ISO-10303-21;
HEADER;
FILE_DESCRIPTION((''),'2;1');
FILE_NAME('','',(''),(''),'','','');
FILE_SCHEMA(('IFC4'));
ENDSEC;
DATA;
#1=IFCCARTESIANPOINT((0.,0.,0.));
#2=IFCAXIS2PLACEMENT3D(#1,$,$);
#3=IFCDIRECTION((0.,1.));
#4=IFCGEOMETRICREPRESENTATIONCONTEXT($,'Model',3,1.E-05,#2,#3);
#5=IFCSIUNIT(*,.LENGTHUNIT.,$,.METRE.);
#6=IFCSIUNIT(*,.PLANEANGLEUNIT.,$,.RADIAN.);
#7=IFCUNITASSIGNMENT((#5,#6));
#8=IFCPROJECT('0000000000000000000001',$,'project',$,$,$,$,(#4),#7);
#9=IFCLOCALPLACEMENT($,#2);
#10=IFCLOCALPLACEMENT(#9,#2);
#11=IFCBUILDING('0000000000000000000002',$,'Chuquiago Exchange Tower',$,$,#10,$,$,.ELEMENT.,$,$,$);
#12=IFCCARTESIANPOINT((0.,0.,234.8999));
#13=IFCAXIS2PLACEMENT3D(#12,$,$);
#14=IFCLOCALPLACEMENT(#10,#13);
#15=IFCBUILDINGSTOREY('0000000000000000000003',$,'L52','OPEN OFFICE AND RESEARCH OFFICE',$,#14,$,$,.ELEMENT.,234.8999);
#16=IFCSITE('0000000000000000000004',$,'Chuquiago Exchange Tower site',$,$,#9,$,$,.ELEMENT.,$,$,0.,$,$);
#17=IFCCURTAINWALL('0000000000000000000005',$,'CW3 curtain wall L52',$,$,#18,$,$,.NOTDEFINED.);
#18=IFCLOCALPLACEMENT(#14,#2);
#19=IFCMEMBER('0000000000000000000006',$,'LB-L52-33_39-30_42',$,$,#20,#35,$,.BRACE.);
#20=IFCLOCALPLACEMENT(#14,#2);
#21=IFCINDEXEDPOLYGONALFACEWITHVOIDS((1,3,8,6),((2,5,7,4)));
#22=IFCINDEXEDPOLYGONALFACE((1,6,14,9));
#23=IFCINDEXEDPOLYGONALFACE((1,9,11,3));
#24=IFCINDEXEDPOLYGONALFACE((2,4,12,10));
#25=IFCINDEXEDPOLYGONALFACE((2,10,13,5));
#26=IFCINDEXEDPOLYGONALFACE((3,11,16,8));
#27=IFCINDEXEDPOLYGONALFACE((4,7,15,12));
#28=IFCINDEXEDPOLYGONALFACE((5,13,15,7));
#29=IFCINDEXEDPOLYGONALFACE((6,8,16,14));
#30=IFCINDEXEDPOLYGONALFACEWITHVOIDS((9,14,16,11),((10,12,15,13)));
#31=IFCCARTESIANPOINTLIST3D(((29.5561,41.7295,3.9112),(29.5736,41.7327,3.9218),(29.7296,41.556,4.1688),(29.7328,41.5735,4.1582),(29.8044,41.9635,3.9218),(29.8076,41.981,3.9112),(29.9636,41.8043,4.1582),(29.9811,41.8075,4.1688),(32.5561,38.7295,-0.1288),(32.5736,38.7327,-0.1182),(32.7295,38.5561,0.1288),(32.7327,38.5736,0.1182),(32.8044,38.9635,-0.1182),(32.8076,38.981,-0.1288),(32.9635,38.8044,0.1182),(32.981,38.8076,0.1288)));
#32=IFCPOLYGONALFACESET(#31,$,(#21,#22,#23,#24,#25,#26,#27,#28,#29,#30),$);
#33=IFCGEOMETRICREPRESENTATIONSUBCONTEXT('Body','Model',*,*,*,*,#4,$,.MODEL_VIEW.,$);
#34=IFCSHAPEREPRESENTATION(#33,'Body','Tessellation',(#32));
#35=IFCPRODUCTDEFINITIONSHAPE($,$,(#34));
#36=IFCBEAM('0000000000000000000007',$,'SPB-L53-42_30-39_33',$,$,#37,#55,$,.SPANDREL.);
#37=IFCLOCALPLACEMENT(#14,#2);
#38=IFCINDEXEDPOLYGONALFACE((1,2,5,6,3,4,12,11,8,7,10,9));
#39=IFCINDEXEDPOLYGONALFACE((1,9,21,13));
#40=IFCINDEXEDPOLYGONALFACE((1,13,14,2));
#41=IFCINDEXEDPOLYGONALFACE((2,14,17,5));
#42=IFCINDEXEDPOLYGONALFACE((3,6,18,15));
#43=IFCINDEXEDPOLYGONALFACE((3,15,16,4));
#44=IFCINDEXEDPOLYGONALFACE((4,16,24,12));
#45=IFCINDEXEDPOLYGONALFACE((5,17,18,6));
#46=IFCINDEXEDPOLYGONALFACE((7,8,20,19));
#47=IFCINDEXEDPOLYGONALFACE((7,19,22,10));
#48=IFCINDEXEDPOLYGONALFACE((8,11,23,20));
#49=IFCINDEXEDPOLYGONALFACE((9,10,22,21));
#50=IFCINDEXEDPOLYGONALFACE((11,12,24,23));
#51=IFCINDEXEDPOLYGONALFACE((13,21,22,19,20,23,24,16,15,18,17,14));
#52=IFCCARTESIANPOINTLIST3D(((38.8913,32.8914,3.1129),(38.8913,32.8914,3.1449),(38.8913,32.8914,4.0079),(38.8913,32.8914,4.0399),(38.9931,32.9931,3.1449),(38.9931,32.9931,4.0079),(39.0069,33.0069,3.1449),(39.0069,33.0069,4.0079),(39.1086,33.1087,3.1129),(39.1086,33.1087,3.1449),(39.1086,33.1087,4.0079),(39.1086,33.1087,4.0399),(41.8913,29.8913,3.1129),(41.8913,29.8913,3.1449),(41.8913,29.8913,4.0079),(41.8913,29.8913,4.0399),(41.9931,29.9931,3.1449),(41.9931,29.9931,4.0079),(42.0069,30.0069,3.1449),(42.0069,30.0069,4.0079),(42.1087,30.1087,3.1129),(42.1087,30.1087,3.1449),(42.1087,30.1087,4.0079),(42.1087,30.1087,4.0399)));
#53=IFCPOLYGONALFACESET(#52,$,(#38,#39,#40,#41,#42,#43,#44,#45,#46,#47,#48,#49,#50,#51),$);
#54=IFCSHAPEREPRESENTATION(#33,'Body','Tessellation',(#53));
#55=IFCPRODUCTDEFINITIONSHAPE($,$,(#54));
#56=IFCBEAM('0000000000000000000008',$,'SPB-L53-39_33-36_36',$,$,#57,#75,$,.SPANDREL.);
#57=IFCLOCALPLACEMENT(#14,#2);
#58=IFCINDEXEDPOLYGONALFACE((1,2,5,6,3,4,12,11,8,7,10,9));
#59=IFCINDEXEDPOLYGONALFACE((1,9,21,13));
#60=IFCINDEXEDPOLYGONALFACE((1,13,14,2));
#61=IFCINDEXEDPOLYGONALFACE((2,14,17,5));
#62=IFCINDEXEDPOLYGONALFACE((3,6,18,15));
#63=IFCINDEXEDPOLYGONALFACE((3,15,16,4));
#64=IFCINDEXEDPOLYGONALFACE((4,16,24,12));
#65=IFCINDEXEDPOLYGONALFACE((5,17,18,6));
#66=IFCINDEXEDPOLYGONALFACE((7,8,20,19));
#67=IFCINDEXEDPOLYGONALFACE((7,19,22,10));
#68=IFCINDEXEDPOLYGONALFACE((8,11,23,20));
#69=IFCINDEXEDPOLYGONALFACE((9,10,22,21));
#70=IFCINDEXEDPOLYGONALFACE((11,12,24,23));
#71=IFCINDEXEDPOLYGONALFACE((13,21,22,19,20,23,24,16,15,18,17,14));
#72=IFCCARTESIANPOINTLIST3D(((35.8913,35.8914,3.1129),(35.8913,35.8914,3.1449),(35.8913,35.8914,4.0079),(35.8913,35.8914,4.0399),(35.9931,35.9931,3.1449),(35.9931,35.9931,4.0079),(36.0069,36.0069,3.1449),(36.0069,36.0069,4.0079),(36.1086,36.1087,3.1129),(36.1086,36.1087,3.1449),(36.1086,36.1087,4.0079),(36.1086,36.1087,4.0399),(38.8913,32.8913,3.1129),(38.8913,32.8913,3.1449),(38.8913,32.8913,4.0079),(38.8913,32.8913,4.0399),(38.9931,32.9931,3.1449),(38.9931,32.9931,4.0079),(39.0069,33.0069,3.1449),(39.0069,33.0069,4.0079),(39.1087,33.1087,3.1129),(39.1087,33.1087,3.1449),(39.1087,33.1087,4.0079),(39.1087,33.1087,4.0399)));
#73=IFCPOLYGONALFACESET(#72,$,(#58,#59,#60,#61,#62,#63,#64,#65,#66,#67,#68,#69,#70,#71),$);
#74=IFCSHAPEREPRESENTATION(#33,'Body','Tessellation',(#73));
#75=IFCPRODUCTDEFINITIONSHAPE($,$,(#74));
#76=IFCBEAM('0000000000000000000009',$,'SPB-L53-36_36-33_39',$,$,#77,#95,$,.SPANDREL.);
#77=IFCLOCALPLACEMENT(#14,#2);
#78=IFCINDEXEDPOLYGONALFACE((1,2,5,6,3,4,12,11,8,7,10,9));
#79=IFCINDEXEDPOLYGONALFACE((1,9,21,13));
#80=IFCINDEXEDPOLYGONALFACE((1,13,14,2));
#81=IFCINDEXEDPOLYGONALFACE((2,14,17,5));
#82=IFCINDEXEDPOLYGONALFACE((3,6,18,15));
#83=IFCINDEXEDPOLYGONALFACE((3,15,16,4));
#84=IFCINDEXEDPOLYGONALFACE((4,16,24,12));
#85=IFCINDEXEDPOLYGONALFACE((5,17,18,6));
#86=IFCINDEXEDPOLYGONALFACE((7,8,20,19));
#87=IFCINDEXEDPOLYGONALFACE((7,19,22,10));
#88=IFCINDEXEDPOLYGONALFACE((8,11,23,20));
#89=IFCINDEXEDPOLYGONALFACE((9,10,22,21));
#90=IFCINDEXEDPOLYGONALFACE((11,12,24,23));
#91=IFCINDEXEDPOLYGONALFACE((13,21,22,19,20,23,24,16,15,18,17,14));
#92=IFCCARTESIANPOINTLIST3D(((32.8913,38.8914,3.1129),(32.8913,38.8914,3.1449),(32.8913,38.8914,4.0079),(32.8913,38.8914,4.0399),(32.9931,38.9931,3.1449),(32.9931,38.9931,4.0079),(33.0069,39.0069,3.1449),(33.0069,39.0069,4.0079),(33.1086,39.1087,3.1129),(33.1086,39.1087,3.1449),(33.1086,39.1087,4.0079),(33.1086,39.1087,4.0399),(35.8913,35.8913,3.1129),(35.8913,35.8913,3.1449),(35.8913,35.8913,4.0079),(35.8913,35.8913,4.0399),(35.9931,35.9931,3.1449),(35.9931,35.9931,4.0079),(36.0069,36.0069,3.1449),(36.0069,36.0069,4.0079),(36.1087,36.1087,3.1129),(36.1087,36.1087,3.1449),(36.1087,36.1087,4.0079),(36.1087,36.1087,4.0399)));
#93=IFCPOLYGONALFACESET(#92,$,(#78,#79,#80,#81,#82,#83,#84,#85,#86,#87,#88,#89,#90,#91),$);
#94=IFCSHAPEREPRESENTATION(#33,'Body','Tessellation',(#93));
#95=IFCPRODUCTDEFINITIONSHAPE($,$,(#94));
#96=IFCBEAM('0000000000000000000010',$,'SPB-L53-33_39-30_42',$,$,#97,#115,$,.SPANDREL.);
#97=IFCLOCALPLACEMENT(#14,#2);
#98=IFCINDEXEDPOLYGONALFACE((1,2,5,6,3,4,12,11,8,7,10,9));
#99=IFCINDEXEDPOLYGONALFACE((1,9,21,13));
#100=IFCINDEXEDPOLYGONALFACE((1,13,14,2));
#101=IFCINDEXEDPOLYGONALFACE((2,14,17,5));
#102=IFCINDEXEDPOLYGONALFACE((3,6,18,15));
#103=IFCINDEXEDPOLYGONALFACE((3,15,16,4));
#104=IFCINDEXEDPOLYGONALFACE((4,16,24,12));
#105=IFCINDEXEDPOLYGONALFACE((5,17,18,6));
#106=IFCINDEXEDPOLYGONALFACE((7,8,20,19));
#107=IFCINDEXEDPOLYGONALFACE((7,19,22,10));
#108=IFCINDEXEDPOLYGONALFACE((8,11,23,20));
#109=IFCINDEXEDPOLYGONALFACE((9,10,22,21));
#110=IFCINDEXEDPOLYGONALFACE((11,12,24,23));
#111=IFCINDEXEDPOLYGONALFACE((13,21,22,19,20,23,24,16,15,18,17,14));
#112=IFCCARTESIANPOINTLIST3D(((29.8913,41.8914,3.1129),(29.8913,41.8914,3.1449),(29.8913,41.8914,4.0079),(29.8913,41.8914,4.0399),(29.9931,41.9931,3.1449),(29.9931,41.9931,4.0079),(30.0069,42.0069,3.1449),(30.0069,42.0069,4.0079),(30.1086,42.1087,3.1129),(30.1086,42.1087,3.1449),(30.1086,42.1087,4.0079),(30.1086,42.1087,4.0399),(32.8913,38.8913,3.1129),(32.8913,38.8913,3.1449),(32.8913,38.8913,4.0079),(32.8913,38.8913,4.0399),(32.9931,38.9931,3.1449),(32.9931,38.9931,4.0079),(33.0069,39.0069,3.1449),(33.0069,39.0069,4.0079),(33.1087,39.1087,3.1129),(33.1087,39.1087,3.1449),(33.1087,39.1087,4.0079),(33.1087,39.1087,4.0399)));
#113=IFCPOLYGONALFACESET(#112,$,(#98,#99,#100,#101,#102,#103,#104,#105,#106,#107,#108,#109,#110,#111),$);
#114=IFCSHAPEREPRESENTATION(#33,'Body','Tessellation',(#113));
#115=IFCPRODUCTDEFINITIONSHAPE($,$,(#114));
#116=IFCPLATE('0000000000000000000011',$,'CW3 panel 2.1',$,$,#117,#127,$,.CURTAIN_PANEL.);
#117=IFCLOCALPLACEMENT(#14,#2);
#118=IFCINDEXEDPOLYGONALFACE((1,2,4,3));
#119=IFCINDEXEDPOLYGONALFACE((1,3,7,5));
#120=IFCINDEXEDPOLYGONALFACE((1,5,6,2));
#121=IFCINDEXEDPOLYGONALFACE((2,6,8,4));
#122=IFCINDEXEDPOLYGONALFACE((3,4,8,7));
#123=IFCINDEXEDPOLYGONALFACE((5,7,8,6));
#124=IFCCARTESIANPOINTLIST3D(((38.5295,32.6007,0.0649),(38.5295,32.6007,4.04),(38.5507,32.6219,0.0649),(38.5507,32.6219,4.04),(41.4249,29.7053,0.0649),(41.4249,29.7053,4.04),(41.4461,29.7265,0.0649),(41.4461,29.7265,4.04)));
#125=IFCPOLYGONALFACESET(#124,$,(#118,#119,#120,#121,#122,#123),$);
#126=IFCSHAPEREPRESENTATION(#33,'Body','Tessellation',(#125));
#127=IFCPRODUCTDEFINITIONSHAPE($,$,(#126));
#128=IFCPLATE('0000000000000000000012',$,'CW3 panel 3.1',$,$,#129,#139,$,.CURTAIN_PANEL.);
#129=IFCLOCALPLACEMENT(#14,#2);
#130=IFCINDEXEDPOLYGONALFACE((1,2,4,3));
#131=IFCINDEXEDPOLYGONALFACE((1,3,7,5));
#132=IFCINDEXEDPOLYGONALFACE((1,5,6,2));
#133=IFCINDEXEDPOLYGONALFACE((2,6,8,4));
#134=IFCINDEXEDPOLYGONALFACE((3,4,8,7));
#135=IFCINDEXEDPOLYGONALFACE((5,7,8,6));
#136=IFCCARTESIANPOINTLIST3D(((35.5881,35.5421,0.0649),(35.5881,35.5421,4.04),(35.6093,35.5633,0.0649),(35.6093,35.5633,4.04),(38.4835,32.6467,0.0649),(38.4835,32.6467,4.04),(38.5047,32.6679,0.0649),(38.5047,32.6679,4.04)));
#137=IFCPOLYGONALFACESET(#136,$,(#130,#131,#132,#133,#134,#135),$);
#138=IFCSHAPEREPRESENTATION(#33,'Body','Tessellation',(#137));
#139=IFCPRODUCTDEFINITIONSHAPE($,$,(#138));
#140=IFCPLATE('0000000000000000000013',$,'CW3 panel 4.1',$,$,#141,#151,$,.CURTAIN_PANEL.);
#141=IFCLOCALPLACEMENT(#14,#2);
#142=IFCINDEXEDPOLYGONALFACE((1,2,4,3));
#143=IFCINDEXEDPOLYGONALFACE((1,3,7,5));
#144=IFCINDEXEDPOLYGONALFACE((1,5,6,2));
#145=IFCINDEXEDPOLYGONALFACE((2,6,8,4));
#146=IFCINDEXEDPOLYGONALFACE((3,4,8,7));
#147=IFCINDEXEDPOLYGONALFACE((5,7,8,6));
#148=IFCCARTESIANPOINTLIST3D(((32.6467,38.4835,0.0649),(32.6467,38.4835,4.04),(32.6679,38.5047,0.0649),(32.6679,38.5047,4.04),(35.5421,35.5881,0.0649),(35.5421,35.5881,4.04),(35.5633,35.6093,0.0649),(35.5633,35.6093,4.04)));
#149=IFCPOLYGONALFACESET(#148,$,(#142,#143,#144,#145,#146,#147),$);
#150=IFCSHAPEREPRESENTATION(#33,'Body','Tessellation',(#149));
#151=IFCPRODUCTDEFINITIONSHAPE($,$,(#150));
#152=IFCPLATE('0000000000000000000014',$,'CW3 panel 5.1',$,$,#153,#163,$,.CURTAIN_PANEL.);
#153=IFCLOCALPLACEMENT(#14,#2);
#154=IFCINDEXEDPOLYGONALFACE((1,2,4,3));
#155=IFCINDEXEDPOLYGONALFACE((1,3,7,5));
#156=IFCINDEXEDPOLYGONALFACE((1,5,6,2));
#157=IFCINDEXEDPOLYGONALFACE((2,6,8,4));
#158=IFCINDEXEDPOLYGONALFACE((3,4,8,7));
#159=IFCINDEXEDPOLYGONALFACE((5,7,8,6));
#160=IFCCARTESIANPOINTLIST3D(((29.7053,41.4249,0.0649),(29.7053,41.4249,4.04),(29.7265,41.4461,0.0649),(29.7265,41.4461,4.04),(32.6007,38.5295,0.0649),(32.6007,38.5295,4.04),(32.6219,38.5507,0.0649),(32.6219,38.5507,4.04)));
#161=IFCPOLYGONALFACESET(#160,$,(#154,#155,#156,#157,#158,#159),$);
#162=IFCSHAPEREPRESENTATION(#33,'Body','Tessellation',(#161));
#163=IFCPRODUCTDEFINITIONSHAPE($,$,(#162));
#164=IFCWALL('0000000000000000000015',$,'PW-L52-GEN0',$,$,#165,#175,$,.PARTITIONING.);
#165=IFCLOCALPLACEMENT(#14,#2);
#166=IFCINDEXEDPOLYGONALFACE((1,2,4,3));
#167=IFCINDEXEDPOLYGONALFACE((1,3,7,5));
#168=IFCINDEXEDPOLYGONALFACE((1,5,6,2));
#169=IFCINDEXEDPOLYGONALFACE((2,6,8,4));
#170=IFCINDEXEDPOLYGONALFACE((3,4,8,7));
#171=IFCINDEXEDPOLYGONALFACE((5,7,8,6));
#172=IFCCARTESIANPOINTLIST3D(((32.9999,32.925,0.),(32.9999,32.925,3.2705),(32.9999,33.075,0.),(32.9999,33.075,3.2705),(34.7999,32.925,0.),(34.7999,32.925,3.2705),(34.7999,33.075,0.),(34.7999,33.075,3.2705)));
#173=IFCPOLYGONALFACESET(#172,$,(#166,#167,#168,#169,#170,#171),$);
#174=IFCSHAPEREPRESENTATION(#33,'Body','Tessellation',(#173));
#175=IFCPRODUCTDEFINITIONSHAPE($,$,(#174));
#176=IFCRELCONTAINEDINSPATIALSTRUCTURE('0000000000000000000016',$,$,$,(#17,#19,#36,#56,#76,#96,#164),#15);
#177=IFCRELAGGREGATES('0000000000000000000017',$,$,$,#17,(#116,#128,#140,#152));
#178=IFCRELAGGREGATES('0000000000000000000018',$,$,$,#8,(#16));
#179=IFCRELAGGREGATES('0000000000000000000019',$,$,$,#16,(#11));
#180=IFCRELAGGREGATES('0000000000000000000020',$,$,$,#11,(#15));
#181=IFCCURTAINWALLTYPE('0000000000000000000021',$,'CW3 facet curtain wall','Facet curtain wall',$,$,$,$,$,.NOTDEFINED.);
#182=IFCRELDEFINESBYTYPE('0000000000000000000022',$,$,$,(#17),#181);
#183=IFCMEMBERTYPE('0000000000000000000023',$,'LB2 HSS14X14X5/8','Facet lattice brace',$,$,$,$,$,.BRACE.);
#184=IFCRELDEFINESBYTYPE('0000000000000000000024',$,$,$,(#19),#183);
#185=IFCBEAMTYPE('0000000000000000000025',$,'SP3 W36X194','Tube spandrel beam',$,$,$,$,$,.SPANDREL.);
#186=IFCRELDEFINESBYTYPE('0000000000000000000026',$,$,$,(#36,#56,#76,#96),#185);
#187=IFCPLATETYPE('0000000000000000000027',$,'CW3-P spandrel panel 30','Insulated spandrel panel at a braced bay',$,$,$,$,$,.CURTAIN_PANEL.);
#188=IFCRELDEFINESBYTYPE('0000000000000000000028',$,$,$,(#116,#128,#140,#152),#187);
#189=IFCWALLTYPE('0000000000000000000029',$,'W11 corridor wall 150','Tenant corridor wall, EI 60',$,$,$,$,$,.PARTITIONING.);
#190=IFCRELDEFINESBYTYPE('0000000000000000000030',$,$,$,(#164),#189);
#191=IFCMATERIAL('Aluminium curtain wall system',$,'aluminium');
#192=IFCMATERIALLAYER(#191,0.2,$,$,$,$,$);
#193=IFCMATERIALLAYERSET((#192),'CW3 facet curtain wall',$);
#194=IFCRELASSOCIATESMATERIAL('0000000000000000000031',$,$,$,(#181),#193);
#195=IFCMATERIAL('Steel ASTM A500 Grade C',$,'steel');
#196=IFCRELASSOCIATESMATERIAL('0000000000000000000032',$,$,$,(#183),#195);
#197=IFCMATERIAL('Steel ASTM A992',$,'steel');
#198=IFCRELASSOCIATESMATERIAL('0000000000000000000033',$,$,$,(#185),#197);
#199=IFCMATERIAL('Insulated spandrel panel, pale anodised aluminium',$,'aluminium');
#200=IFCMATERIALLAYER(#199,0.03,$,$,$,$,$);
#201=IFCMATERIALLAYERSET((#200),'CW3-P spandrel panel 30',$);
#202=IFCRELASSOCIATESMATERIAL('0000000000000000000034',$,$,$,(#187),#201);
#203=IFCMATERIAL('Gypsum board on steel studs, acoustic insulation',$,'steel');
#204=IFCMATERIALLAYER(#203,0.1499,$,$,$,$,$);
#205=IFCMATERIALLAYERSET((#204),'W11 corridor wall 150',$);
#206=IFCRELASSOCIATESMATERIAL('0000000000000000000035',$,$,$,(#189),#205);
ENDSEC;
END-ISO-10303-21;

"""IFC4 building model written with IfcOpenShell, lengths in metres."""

from ifc_helpers import new_model, si_unit, direction, frame, frame_2d, origin, origin_2d, place, context, subcontext, project, spatial, rectangle, hollow_rectangle, i_section, extrude, material, layer, layer_set, material_profile, profile_set, type_object, element, aggregate, save


model = new_model("IFC4")

# Units and contexts
model_context = context("Model", 3, precision=1e-05, world=origin(), true_north=direction((0.0, 1.0)))
body_context = subcontext(model_context, "Body", "Model", "MODEL_VIEW")
ifc_project = project(units=[si_unit("LENGTHUNIT", "METRE"), si_unit("PLANEANGLEUNIT", "RADIAN")], contexts=[model_context])

# Site, building, storey
site_placement = place(None, origin())
site = spatial("IfcSite", under=ifc_project, at=site_placement, Name="Chuquiago Exchange Tower site", CompositionType="ELEMENT", RefElevation=0.0)
building_placement = place(site_placement, origin())
building = spatial("IfcBuilding", under=site, at=building_placement, Name="Chuquiago Exchange Tower", CompositionType="ELEMENT")
storey_placement = place(building_placement, frame((0.0, 0.0, 234.8999)))
storey = spatial("IfcBuildingStorey", under=building, at=storey_placement, Name="L52", Description="OPEN OFFICE AND RESEARCH OFFICE", CompositionType="ELEMENT", Elevation=234.8999)

# Curtain wall
ifc_material_1 = material(Name="Aluminium curtain wall system", Category="aluminium")
ifc_layer_1 = layer(ifc_material_1, 0.2)
ifc_layer_set_1 = layer_set([ifc_layer_1], Name="CW3 facet curtain wall")
curtain_wall_type = type_object("IfcCurtainWallType", Name="CW3 facet curtain wall", Description="Facet curtain wall", PredefinedType="NOTDEFINED", material=ifc_layer_set_1)
curtain_wall_placement = place(storey_placement, origin())
curtain_wall = element("IfcCurtainWall", 1, at=curtain_wall_placement, inside=storey, type_object=curtain_wall_type, Name="CW3 curtain wall L52", PredefinedType="NOTDEFINED")

# Member
ifc_material_2 = material(Name="Steel ASTM A500 Grade C", Category="steel")
ifc_material_profile_1 = material_profile(ifc_material_2, hollow_rectangle(XDim=0.3557, YDim=0.3557, WallThickness=0.0146, at=origin_2d()), Name="HSS14X14X5/8")
ifc_profile_set_1 = profile_set([ifc_material_profile_1], Name="Steel ASTM A500 Grade C")
member_type_1 = type_object("IfcMemberType", Name="LB2 HSS14X14X5/8", Description="Facet lattice brace", PredefinedType="BRACE", material=ifc_profile_set_1)
for number, where, z_axis, x_axis, name in (
    (2, (32.7686, 38.7686, 0.0), (-0.512077, 0.512077, 0.689604), (-0.707107, -0.707107, 0.0), "LB-L52-33_39-30_42"),
):
    element("IfcMember", number, at=place(storey_placement, frame(where, z_axis=z_axis, x_axis=x_axis)), inside=storey, type_object=member_type_1, Name=name, PredefinedType="BRACE", context=body_context, shape_type="SweptSolid", body=[
        extrude(hollow_rectangle(XDim=0.3557, YDim=0.3557, WallThickness=0.0146, at=origin_2d()), origin(), (0.0, 0.0, 1.0), 5.8584),
    ])

# Beams
ifc_material_3 = material(Name="Steel ASTM A992", Category="steel")
ifc_material_profile_2 = material_profile(ifc_material_3, i_section(OverallWidth=0.3074, OverallDepth=0.927, WebThickness=0.0195, FlangeThickness=0.032, at=origin_2d()), Name="W36X194")
ifc_profile_set_2 = profile_set([ifc_material_profile_2], Name="Steel ASTM A992")
beam_type_1 = type_object("IfcBeamType", Name="SP3 W36X194", Description="Tube spandrel beam", PredefinedType="SPANDREL", material=ifc_profile_set_2)
for number, where, z_axis, x_axis, name in (
    (3, (42.0, 30.0, 3.5764), (-0.707107, 0.707107, 0.0), (-0.707107, -0.707107, 0.0), "SPB-L53-42_30-39_33"),
    (4, (39.0, 33.0, 3.5764), (-0.707107, 0.707107, 0.0), (-0.707107, -0.707107, 0.0), "SPB-L53-39_33-36_36"),
    (5, (36.0, 36.0, 3.5764), (-0.707107, 0.707107, 0.0), (-0.707107, -0.707107, 0.0), "SPB-L53-36_36-33_39"),
    (6, (33.0, 39.0, 3.5764), (-0.707107, 0.707107, 0.0), (-0.707107, -0.707107, 0.0), "SPB-L53-33_39-30_42"),
):
    element("IfcBeam", number, at=place(storey_placement, frame(where, z_axis=z_axis, x_axis=x_axis)), inside=storey, type_object=beam_type_1, Name=name, PredefinedType="SPANDREL", context=body_context, shape_type="SweptSolid", body=[
        extrude(i_section(OverallWidth=0.3074, OverallDepth=0.927, WebThickness=0.0195, FlangeThickness=0.032, at=origin_2d()), origin(), (0.0, 0.0, 1.0), 4.2427),
    ])

# Plates
ifc_material_4 = material(Name="Insulated spandrel panel, pale anodised aluminium", Category="aluminium")
ifc_layer_2 = layer(ifc_material_4, 0.03)
ifc_layer_set_2 = layer_set([ifc_layer_2], Name="CW3-P spandrel panel 30")
plate_type = type_object("IfcPlateType", Name="CW3-P spandrel panel 30", Description="Insulated spandrel panel at a braced bay", PredefinedType="CURTAIN_PANEL", material=ifc_layer_set_2)
plate_1_placement = place(storey_placement, frame((39.9878, 31.1636, 0.0649), z_axis=(0.0, 0.0, 1.0), x_axis=(-0.707107, 0.707107, 0.0)))
plate_1 = element("IfcPlate", 7, at=plate_1_placement, type_object=plate_type, Name="CW3 panel 2.1", PredefinedType="CURTAIN_PANEL", context=body_context, shape_type="SweptSolid", body=[
    extrude(rectangle(XDim=4.0947, YDim=0.03, at=origin_2d()), origin(), (0.0, 0.0, 1.0), 3.9751),
])
plate_2_placement = place(storey_placement, frame((37.0464, 34.105, 0.0649), z_axis=(0.0, 0.0, 1.0), x_axis=(-0.707107, 0.707107, 0.0)))
plate_2 = element("IfcPlate", 8, at=plate_2_placement, type_object=plate_type, Name="CW3 panel 3.1", PredefinedType="CURTAIN_PANEL", context=body_context, shape_type="SweptSolid", body=[
    extrude(rectangle(XDim=4.0947, YDim=0.03, at=origin_2d()), origin(), (0.0, 0.0, 1.0), 3.9751),
])
plate_3_placement = place(storey_placement, frame((34.105, 37.0464, 0.0649), z_axis=(0.0, 0.0, 1.0), x_axis=(-0.707107, 0.707107, 0.0)))
plate_3 = element("IfcPlate", 9, at=plate_3_placement, type_object=plate_type, Name="CW3 panel 4.1", PredefinedType="CURTAIN_PANEL", context=body_context, shape_type="SweptSolid", body=[
    extrude(rectangle(XDim=4.0947, YDim=0.03, at=origin_2d()), origin(), (0.0, 0.0, 1.0), 3.9751),
])
plate_4_placement = place(storey_placement, frame((31.1636, 39.9878, 0.0649), z_axis=(0.0, 0.0, 1.0), x_axis=(-0.707107, 0.707107, 0.0)))
plate_4 = element("IfcPlate", 10, at=plate_4_placement, type_object=plate_type, Name="CW3 panel 5.1", PredefinedType="CURTAIN_PANEL", context=body_context, shape_type="SweptSolid", body=[
    extrude(rectangle(XDim=4.0947, YDim=0.03, at=origin_2d()), origin(), (0.0, 0.0, 1.0), 3.9751),
])
aggregate(curtain_wall, [plate_1, plate_2, plate_3, plate_4])

# Wall
ifc_material_5 = material(Name="Gypsum board on steel studs, acoustic insulation", Category="steel")
ifc_layer_3 = layer(ifc_material_5, 0.1499)
ifc_layer_set_3 = layer_set([ifc_layer_3], Name="W11 corridor wall 150")
wall_type_1 = type_object("IfcWallType", Name="W11 corridor wall 150", Description="Tenant corridor wall, EI 60", PredefinedType="PARTITIONING", material=ifc_layer_set_3)
wall_1_placement = place(storey_placement, frame((33.0, 33.0, 0.0), z_axis=(0.0, 0.0, 1.0), x_axis=(1.0, 0.0, 0.0)))
element("IfcWall", 11, at=wall_1_placement, inside=storey, type_object=wall_type_1, Name="PW-L52-GEN0", PredefinedType="PARTITIONING", context=body_context, shape_type="SweptSolid", body=[
    extrude(rectangle(XDim=1.8, YDim=0.1499, at=frame_2d((0.8999, 0.0))), origin(), (0.0, 0.0, 1.0), 3.2705),
])

save(model, "model.ifc")
